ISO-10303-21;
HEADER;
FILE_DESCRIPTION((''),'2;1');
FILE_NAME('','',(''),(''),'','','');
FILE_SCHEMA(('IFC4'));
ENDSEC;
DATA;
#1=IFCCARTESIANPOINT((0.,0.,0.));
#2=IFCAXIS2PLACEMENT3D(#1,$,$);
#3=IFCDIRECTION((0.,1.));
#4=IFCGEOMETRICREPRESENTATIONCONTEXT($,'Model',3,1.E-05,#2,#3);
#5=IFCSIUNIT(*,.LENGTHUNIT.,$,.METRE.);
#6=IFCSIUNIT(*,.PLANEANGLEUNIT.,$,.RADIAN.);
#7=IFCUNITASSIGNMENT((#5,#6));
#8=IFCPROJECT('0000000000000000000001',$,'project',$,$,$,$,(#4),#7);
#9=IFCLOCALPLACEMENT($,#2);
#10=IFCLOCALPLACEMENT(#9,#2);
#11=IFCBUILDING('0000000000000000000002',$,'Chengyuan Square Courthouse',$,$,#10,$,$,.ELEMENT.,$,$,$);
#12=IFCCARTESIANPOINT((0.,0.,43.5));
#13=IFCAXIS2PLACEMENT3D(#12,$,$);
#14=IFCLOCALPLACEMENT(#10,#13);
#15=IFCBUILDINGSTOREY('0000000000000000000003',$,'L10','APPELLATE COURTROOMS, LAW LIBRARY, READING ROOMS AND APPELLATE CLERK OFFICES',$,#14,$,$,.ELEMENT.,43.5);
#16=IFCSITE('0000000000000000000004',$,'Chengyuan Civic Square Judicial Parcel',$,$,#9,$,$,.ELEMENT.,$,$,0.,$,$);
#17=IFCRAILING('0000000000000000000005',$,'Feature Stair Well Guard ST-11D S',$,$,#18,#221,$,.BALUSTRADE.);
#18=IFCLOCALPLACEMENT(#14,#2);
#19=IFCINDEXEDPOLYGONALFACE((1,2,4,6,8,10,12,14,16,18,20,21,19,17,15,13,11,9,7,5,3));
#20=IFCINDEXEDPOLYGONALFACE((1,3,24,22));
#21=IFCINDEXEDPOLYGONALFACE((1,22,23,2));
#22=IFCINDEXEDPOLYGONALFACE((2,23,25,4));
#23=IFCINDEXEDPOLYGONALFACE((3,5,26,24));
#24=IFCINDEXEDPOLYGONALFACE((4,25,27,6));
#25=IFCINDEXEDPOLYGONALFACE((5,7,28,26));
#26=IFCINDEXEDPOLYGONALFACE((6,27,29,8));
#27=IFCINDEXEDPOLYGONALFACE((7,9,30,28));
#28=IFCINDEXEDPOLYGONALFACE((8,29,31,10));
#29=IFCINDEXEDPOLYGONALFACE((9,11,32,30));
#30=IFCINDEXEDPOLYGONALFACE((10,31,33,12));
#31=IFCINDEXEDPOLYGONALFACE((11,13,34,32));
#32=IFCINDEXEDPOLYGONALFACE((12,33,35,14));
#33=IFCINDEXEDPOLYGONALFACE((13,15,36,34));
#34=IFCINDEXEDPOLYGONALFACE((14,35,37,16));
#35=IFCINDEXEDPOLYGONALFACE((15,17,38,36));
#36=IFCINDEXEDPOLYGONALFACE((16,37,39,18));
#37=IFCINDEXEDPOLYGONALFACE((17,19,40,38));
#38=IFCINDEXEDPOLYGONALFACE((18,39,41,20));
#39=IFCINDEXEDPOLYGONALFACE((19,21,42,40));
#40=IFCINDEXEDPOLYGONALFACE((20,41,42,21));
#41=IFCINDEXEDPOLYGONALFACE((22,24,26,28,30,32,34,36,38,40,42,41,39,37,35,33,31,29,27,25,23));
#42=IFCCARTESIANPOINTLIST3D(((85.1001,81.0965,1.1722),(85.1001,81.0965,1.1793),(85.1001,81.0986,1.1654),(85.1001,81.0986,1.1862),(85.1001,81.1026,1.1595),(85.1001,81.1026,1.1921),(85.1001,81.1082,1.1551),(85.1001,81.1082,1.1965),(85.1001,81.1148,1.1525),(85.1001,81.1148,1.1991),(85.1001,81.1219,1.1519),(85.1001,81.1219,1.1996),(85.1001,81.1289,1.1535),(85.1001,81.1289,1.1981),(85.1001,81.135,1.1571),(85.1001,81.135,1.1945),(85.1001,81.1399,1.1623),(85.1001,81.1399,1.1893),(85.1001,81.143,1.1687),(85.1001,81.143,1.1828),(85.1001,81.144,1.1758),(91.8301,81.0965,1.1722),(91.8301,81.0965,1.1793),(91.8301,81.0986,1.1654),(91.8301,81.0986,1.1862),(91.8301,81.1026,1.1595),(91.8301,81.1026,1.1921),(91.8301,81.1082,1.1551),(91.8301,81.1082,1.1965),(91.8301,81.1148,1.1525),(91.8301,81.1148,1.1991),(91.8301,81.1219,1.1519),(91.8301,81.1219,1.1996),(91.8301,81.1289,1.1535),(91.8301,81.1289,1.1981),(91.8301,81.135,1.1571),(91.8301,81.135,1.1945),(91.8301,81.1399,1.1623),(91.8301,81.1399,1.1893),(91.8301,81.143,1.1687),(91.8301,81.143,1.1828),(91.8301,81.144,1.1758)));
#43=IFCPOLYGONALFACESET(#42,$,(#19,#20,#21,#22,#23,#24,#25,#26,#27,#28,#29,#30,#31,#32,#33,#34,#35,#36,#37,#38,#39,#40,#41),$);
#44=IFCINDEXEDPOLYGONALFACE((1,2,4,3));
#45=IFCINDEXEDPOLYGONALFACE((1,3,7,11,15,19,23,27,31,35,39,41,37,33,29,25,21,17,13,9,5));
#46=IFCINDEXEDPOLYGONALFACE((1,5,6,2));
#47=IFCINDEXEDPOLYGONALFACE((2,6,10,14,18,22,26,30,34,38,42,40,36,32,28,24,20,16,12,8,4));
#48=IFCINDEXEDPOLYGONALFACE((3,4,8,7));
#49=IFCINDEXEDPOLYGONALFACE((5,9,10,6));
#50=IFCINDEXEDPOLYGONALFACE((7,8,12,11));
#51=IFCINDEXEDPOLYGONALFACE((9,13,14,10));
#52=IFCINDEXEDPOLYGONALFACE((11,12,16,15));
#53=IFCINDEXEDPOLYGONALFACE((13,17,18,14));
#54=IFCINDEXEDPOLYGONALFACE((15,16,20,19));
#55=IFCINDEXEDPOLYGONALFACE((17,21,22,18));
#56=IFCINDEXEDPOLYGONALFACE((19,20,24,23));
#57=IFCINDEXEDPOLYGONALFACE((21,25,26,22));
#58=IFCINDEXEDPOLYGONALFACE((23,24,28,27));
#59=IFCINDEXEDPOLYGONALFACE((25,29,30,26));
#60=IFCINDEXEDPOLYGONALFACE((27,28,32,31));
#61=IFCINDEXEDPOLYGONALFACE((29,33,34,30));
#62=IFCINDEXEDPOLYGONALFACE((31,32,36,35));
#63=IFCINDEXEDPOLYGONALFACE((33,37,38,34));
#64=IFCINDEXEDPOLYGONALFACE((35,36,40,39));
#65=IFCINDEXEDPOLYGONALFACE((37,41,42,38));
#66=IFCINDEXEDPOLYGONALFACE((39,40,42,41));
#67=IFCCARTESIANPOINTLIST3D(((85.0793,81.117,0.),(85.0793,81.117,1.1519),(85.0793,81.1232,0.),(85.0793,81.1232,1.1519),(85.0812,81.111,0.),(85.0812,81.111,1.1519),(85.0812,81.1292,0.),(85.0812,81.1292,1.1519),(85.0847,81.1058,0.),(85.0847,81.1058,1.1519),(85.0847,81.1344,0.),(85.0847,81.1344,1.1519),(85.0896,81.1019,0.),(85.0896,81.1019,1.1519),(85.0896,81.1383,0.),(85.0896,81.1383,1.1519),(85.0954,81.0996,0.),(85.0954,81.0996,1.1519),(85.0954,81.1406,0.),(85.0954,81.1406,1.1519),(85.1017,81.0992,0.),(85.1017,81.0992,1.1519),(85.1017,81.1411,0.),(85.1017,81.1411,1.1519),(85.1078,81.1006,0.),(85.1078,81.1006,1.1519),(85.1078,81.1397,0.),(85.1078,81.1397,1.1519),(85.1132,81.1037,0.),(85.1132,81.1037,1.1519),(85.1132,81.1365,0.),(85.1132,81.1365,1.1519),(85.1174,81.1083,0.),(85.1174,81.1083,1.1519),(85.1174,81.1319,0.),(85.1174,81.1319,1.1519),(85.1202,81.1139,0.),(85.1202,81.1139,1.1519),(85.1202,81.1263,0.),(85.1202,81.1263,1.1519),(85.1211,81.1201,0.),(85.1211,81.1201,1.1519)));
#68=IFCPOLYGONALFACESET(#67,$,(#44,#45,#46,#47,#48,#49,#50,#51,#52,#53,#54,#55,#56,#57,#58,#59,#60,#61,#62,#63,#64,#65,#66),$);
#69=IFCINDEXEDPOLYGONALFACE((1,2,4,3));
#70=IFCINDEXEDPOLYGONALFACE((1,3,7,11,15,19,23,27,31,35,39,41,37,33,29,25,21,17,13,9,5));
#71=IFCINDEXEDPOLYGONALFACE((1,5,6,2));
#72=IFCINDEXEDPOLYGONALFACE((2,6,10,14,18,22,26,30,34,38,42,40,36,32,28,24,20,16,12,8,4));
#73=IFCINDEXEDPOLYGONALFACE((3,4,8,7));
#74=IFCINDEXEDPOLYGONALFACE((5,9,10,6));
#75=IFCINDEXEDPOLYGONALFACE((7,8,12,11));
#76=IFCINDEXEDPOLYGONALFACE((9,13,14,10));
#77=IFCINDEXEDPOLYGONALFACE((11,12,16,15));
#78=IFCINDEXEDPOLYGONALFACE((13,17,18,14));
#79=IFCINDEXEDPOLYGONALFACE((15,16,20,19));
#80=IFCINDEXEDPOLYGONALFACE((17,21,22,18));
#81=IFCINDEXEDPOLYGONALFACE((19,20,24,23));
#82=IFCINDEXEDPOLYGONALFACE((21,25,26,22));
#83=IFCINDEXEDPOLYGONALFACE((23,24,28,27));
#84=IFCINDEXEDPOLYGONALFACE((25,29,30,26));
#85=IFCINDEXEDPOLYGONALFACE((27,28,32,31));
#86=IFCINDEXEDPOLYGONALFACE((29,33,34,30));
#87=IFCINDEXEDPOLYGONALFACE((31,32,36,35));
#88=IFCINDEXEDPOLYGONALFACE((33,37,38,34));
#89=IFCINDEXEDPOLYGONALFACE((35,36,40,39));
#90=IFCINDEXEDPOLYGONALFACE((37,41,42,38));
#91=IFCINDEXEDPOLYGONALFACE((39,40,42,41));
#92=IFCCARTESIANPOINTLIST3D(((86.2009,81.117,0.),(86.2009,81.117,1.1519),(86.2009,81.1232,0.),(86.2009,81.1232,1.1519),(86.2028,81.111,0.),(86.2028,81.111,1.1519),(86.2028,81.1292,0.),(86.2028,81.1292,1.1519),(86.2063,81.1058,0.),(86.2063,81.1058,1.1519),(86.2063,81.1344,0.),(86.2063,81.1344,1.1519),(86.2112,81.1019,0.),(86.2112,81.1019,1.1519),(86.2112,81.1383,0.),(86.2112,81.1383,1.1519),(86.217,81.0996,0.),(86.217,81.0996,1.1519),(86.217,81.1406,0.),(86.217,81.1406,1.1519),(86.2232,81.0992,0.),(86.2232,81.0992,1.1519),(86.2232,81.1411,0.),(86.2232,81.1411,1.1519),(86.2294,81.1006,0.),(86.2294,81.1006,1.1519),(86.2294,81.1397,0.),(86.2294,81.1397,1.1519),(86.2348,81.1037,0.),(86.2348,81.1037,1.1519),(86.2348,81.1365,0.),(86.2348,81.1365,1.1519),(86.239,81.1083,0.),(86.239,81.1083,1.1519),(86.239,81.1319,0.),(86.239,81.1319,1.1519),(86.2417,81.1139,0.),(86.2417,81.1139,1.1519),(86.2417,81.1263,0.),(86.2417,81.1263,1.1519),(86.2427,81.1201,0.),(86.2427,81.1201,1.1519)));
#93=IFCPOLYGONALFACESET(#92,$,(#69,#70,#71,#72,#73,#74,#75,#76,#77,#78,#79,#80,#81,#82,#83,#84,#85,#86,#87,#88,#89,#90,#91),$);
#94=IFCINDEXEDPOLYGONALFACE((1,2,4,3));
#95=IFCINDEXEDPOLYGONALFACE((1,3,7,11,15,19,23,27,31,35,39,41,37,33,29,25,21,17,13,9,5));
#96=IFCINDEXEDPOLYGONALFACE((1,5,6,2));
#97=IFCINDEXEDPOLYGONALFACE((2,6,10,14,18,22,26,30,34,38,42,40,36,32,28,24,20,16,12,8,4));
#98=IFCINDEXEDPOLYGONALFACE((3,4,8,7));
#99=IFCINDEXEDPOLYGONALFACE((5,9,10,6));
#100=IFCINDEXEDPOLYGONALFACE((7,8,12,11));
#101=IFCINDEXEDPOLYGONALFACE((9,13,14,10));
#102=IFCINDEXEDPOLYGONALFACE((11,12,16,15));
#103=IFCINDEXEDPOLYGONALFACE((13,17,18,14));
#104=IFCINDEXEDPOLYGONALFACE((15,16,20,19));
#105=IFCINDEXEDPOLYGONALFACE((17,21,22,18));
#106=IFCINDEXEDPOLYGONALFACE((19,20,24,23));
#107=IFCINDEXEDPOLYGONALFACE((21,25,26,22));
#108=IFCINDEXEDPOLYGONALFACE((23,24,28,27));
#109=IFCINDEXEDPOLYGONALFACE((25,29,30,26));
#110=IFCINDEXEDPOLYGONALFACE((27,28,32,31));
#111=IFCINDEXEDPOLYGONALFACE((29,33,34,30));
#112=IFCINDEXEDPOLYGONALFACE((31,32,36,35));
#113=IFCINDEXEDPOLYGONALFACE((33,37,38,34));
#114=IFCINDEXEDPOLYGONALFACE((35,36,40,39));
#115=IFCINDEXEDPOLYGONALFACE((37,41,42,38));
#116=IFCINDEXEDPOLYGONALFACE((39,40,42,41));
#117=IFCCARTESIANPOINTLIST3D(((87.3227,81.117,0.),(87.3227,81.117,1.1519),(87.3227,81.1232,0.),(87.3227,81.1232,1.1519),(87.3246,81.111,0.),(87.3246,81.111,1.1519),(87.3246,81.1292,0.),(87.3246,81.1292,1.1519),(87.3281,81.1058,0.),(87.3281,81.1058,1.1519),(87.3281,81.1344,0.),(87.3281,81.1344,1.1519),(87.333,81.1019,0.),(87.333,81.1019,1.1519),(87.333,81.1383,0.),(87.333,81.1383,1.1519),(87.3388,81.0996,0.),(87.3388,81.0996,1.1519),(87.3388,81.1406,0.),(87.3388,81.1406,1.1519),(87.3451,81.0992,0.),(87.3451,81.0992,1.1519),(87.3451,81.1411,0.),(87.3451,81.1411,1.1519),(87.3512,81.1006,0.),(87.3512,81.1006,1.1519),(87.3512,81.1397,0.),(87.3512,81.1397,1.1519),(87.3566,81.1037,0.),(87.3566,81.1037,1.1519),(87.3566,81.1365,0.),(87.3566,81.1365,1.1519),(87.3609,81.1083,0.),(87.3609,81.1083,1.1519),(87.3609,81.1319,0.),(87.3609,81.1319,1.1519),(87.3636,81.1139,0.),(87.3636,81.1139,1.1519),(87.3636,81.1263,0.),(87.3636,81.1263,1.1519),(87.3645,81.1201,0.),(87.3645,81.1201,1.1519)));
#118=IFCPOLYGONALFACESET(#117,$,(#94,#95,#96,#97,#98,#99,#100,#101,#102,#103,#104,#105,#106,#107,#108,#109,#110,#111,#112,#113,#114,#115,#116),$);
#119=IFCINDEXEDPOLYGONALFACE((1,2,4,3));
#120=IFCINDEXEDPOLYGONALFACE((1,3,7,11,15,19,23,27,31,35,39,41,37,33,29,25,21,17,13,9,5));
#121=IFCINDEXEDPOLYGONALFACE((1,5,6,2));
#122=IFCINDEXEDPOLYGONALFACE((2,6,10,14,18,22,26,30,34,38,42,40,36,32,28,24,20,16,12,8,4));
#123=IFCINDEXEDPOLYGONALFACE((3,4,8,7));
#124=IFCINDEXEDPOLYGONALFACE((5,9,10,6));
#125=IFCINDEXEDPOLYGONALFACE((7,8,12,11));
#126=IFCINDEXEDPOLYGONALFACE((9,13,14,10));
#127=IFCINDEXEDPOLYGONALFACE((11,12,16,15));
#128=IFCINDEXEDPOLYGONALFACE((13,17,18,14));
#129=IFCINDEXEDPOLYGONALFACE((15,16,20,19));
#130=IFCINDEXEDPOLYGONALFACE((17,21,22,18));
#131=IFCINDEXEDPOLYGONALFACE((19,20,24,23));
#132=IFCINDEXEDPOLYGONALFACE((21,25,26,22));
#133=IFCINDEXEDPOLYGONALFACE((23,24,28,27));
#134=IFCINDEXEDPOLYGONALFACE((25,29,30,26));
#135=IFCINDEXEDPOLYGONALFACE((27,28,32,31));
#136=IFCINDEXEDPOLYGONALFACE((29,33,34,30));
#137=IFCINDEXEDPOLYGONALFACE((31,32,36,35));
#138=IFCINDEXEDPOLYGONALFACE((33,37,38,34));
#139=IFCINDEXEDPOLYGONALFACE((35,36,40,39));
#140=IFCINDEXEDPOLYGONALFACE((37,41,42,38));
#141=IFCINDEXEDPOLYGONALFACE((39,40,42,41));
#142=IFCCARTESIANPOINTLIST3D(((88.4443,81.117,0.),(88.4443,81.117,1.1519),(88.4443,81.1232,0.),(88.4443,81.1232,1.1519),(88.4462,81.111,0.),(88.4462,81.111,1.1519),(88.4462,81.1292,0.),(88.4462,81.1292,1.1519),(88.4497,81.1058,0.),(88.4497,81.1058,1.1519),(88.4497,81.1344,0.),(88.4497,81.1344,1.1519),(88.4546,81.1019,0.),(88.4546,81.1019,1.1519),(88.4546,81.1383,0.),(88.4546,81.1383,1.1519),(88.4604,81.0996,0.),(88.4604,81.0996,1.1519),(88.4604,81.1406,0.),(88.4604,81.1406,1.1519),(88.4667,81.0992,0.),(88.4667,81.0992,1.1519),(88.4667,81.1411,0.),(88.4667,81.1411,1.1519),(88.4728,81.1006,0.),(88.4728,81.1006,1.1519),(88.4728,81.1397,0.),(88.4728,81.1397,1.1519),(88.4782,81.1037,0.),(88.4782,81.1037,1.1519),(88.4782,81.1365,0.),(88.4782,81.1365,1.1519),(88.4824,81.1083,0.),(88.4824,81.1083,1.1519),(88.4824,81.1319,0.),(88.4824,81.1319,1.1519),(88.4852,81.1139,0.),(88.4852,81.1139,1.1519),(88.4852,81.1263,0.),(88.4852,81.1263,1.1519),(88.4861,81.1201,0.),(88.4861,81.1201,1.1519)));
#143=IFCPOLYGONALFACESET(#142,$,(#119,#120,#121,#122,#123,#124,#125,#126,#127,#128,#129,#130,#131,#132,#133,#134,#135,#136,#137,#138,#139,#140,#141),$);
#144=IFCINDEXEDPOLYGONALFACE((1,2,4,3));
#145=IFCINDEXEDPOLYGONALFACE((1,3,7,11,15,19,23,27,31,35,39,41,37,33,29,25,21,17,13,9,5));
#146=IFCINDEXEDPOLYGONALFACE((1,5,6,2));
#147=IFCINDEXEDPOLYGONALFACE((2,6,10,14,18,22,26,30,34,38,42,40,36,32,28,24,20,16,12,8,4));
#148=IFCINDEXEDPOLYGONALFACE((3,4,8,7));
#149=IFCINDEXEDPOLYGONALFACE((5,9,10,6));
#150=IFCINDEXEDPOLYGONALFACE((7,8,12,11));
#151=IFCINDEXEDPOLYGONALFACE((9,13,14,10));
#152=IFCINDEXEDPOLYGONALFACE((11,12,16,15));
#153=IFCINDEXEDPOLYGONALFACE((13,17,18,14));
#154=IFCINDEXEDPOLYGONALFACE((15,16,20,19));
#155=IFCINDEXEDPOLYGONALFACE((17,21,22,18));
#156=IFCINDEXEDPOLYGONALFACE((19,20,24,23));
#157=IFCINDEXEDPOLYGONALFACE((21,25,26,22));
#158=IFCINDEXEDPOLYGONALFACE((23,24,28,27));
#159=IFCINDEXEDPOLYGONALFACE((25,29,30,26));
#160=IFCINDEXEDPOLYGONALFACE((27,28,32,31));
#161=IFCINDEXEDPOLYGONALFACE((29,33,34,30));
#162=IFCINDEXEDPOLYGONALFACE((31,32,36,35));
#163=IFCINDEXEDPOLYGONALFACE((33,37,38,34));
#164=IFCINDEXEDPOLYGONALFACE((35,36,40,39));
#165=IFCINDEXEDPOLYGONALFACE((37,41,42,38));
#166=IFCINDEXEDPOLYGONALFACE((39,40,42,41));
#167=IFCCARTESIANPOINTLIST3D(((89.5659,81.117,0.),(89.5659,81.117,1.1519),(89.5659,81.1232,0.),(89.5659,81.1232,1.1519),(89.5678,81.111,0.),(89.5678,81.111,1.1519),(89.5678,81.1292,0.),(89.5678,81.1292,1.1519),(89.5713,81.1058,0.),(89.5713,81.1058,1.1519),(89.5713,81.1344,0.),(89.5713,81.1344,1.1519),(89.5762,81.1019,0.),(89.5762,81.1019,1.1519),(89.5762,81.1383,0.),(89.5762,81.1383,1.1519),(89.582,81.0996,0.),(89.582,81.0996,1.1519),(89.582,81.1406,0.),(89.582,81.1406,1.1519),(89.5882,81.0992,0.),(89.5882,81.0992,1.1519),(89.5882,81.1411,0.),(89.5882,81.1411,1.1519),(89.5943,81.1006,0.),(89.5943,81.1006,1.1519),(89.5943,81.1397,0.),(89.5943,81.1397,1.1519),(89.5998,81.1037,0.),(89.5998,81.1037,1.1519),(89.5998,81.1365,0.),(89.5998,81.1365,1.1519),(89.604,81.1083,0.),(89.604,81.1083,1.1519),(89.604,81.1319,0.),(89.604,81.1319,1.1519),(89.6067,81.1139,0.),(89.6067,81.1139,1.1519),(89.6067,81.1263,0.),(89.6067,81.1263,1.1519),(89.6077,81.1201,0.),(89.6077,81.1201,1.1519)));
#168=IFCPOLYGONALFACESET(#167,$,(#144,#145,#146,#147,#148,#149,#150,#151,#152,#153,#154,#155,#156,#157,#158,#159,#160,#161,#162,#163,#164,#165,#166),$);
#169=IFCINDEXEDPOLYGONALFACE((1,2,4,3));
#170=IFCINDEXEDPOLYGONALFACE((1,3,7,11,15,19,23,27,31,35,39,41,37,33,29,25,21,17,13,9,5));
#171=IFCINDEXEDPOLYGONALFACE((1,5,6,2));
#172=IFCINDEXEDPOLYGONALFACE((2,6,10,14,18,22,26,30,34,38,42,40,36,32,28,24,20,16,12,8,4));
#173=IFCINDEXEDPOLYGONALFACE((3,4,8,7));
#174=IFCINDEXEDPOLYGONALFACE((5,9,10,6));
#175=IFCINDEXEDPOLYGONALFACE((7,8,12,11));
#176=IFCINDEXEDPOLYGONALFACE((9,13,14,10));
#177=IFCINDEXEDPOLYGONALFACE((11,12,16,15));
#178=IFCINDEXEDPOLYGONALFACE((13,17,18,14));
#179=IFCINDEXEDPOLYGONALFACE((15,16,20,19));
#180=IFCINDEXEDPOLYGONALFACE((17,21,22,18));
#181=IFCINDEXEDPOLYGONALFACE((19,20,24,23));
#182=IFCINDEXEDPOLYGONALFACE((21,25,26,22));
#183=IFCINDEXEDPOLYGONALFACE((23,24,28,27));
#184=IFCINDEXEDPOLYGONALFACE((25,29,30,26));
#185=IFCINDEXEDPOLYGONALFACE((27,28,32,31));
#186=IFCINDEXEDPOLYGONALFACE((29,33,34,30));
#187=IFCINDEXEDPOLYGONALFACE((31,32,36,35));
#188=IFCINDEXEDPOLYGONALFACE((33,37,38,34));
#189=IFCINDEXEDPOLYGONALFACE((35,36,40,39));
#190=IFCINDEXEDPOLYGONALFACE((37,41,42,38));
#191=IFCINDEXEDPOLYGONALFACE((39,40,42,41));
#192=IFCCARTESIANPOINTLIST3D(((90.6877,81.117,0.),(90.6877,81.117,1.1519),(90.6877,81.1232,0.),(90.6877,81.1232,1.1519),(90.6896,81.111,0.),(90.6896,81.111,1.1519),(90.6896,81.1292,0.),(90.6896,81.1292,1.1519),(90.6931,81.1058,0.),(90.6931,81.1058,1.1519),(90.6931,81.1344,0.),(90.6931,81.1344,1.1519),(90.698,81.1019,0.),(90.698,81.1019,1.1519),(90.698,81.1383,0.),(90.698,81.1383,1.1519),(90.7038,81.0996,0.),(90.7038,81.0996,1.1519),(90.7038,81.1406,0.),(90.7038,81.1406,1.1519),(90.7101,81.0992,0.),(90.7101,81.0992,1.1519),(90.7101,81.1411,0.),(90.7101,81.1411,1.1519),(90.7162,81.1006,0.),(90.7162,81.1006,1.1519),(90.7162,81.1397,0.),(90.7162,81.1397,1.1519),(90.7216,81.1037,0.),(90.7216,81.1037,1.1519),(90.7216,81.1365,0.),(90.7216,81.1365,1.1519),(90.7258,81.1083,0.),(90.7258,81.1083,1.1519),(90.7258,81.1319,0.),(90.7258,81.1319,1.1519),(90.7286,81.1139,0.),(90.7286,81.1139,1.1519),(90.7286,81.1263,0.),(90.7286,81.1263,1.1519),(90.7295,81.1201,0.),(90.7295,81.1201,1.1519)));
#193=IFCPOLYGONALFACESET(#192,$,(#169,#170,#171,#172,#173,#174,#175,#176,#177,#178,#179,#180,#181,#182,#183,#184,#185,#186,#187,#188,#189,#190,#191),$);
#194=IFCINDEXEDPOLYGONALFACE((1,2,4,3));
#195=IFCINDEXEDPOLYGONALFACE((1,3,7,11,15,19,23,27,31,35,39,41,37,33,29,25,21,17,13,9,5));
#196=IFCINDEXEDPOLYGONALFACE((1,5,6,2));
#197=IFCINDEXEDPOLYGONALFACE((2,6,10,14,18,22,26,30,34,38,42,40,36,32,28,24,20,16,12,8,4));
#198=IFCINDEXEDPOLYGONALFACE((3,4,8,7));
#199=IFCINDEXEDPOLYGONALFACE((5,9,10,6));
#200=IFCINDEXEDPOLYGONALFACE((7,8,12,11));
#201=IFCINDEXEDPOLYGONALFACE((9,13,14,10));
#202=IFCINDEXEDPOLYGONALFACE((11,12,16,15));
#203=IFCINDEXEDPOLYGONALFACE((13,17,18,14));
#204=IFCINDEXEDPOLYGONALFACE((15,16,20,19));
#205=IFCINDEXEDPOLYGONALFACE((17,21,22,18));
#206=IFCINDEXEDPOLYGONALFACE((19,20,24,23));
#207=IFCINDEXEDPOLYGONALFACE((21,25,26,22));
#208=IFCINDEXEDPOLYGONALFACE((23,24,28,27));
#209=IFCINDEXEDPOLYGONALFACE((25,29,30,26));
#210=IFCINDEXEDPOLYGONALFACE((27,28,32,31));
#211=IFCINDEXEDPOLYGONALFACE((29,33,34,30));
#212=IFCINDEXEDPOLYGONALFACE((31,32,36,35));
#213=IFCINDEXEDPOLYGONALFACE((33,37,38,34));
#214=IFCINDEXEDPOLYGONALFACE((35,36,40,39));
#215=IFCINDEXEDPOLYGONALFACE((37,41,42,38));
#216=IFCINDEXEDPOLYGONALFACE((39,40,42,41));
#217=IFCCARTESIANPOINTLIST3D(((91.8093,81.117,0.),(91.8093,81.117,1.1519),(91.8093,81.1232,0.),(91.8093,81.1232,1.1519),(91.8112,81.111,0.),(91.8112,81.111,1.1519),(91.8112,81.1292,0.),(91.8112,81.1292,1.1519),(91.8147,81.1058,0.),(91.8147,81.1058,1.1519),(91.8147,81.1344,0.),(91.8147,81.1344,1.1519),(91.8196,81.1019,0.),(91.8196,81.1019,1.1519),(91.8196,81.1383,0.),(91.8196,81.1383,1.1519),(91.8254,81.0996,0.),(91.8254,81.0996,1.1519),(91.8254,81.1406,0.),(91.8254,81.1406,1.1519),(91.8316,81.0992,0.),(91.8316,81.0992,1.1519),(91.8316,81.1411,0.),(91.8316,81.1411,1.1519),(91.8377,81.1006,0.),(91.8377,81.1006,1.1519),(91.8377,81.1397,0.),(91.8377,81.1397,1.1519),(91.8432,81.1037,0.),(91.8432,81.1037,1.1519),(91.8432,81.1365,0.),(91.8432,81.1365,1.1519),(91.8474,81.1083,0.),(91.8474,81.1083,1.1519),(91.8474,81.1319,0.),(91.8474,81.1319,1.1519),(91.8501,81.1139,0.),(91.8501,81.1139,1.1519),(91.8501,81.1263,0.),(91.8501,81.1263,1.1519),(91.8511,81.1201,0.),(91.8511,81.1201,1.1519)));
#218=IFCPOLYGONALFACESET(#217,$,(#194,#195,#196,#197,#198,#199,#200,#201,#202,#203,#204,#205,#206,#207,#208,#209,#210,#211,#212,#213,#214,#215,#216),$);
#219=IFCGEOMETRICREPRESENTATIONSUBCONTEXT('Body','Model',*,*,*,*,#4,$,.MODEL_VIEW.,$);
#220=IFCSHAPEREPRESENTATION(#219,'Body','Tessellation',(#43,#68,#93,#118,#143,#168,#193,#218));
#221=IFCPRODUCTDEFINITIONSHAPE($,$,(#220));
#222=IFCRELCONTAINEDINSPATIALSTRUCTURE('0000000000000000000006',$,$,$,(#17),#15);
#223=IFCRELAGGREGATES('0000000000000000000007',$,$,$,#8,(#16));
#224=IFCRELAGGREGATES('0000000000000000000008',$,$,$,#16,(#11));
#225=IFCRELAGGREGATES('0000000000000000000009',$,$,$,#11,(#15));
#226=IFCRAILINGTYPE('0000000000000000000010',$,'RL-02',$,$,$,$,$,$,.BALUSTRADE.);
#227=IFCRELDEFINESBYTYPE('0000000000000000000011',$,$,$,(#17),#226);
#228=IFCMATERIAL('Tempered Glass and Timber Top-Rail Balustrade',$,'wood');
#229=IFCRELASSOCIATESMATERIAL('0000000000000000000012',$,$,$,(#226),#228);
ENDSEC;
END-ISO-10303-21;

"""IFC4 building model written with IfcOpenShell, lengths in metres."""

from ifc_helpers import new_model, si_unit, direction, frame, origin, origin_2d, place, context, subcontext, project, spatial, circle, extrude, material, type_object, element, save


model = new_model("IFC4")

# Units and contexts
model_context = context("Model", 3, precision=1e-05, world=origin(), true_north=direction((0.0, 1.0)))
body_context = subcontext(model_context, "Body", "Model", "MODEL_VIEW")
ifc_project = project(units=[si_unit("LENGTHUNIT", "METRE"), si_unit("PLANEANGLEUNIT", "RADIAN")], contexts=[model_context])

# Site, building, storey
site_placement = place(None, origin())
site = spatial("IfcSite", under=ifc_project, at=site_placement, Name="Chengyuan Civic Square Judicial Parcel", CompositionType="ELEMENT", RefElevation=0.0)
building_placement = place(site_placement, origin())
building = spatial("IfcBuilding", under=site, at=building_placement, Name="Chengyuan Square Courthouse", CompositionType="ELEMENT")
storey_placement = place(building_placement, frame((0.0, 0.0, 43.5)))
storey = spatial("IfcBuildingStorey", under=building, at=storey_placement, Name="L10", Description="APPELLATE COURTROOMS, LAW LIBRARY, READING ROOMS AND APPELLATE CLERK OFFICES", CompositionType="ELEMENT", Elevation=43.5)

# Railing
ifc_material_1 = material(Name="Tempered Glass and Timber Top-Rail Balustrade", Category="wood")
railing_type = type_object("IfcRailingType", Name="RL-02", PredefinedType="BALUSTRADE", material=ifc_material_1)
railing_1_placement = place(storey_placement, frame((85.1001, 81.1201, 0.0)))
element("IfcRailing", 1, at=railing_1_placement, inside=storey, type_object=railing_type, Name="Feature Stair Well Guard ST-11D S", PredefinedType="BALUSTRADE", context=body_context, shape_type="SweptSolid", body=[
    extrude(circle(Radius=0.0239, at=origin_2d()), frame((0.0, 0.0, 1.1758), z_axis=(1.0, 0.0, 0.0), x_axis=(0.0, 1.0, 0.0)), (0.0, 0.0, 1.0), 6.73),
    extrude(circle(Radius=0.021, at=origin_2d()), origin(), (0.0, 0.0, 1.0), 1.1519),
    extrude(circle(Radius=0.021, at=origin_2d()), frame((1.1216, 0.0, 0.0)), (0.0, 0.0, 1.0), 1.1519),
    extrude(circle(Radius=0.021, at=origin_2d()), frame((2.2434, 0.0, 0.0)), (0.0, 0.0, 1.0), 1.1519),
    extrude(circle(Radius=0.021, at=origin_2d()), frame((3.365, 0.0, 0.0)), (0.0, 0.0, 1.0), 1.1519),
    extrude(circle(Radius=0.021, at=origin_2d()), frame((4.4866, 0.0, 0.0)), (0.0, 0.0, 1.0), 1.1519),
    extrude(circle(Radius=0.021, at=origin_2d()), frame((5.6084, 0.0, 0.0)), (0.0, 0.0, 1.0), 1.1519),
    extrude(circle(Radius=0.021, at=origin_2d()), frame((6.73, 0.0, 0.0)), (0.0, 0.0, 1.0), 1.1519),
])

save(model, "model.ifc")
